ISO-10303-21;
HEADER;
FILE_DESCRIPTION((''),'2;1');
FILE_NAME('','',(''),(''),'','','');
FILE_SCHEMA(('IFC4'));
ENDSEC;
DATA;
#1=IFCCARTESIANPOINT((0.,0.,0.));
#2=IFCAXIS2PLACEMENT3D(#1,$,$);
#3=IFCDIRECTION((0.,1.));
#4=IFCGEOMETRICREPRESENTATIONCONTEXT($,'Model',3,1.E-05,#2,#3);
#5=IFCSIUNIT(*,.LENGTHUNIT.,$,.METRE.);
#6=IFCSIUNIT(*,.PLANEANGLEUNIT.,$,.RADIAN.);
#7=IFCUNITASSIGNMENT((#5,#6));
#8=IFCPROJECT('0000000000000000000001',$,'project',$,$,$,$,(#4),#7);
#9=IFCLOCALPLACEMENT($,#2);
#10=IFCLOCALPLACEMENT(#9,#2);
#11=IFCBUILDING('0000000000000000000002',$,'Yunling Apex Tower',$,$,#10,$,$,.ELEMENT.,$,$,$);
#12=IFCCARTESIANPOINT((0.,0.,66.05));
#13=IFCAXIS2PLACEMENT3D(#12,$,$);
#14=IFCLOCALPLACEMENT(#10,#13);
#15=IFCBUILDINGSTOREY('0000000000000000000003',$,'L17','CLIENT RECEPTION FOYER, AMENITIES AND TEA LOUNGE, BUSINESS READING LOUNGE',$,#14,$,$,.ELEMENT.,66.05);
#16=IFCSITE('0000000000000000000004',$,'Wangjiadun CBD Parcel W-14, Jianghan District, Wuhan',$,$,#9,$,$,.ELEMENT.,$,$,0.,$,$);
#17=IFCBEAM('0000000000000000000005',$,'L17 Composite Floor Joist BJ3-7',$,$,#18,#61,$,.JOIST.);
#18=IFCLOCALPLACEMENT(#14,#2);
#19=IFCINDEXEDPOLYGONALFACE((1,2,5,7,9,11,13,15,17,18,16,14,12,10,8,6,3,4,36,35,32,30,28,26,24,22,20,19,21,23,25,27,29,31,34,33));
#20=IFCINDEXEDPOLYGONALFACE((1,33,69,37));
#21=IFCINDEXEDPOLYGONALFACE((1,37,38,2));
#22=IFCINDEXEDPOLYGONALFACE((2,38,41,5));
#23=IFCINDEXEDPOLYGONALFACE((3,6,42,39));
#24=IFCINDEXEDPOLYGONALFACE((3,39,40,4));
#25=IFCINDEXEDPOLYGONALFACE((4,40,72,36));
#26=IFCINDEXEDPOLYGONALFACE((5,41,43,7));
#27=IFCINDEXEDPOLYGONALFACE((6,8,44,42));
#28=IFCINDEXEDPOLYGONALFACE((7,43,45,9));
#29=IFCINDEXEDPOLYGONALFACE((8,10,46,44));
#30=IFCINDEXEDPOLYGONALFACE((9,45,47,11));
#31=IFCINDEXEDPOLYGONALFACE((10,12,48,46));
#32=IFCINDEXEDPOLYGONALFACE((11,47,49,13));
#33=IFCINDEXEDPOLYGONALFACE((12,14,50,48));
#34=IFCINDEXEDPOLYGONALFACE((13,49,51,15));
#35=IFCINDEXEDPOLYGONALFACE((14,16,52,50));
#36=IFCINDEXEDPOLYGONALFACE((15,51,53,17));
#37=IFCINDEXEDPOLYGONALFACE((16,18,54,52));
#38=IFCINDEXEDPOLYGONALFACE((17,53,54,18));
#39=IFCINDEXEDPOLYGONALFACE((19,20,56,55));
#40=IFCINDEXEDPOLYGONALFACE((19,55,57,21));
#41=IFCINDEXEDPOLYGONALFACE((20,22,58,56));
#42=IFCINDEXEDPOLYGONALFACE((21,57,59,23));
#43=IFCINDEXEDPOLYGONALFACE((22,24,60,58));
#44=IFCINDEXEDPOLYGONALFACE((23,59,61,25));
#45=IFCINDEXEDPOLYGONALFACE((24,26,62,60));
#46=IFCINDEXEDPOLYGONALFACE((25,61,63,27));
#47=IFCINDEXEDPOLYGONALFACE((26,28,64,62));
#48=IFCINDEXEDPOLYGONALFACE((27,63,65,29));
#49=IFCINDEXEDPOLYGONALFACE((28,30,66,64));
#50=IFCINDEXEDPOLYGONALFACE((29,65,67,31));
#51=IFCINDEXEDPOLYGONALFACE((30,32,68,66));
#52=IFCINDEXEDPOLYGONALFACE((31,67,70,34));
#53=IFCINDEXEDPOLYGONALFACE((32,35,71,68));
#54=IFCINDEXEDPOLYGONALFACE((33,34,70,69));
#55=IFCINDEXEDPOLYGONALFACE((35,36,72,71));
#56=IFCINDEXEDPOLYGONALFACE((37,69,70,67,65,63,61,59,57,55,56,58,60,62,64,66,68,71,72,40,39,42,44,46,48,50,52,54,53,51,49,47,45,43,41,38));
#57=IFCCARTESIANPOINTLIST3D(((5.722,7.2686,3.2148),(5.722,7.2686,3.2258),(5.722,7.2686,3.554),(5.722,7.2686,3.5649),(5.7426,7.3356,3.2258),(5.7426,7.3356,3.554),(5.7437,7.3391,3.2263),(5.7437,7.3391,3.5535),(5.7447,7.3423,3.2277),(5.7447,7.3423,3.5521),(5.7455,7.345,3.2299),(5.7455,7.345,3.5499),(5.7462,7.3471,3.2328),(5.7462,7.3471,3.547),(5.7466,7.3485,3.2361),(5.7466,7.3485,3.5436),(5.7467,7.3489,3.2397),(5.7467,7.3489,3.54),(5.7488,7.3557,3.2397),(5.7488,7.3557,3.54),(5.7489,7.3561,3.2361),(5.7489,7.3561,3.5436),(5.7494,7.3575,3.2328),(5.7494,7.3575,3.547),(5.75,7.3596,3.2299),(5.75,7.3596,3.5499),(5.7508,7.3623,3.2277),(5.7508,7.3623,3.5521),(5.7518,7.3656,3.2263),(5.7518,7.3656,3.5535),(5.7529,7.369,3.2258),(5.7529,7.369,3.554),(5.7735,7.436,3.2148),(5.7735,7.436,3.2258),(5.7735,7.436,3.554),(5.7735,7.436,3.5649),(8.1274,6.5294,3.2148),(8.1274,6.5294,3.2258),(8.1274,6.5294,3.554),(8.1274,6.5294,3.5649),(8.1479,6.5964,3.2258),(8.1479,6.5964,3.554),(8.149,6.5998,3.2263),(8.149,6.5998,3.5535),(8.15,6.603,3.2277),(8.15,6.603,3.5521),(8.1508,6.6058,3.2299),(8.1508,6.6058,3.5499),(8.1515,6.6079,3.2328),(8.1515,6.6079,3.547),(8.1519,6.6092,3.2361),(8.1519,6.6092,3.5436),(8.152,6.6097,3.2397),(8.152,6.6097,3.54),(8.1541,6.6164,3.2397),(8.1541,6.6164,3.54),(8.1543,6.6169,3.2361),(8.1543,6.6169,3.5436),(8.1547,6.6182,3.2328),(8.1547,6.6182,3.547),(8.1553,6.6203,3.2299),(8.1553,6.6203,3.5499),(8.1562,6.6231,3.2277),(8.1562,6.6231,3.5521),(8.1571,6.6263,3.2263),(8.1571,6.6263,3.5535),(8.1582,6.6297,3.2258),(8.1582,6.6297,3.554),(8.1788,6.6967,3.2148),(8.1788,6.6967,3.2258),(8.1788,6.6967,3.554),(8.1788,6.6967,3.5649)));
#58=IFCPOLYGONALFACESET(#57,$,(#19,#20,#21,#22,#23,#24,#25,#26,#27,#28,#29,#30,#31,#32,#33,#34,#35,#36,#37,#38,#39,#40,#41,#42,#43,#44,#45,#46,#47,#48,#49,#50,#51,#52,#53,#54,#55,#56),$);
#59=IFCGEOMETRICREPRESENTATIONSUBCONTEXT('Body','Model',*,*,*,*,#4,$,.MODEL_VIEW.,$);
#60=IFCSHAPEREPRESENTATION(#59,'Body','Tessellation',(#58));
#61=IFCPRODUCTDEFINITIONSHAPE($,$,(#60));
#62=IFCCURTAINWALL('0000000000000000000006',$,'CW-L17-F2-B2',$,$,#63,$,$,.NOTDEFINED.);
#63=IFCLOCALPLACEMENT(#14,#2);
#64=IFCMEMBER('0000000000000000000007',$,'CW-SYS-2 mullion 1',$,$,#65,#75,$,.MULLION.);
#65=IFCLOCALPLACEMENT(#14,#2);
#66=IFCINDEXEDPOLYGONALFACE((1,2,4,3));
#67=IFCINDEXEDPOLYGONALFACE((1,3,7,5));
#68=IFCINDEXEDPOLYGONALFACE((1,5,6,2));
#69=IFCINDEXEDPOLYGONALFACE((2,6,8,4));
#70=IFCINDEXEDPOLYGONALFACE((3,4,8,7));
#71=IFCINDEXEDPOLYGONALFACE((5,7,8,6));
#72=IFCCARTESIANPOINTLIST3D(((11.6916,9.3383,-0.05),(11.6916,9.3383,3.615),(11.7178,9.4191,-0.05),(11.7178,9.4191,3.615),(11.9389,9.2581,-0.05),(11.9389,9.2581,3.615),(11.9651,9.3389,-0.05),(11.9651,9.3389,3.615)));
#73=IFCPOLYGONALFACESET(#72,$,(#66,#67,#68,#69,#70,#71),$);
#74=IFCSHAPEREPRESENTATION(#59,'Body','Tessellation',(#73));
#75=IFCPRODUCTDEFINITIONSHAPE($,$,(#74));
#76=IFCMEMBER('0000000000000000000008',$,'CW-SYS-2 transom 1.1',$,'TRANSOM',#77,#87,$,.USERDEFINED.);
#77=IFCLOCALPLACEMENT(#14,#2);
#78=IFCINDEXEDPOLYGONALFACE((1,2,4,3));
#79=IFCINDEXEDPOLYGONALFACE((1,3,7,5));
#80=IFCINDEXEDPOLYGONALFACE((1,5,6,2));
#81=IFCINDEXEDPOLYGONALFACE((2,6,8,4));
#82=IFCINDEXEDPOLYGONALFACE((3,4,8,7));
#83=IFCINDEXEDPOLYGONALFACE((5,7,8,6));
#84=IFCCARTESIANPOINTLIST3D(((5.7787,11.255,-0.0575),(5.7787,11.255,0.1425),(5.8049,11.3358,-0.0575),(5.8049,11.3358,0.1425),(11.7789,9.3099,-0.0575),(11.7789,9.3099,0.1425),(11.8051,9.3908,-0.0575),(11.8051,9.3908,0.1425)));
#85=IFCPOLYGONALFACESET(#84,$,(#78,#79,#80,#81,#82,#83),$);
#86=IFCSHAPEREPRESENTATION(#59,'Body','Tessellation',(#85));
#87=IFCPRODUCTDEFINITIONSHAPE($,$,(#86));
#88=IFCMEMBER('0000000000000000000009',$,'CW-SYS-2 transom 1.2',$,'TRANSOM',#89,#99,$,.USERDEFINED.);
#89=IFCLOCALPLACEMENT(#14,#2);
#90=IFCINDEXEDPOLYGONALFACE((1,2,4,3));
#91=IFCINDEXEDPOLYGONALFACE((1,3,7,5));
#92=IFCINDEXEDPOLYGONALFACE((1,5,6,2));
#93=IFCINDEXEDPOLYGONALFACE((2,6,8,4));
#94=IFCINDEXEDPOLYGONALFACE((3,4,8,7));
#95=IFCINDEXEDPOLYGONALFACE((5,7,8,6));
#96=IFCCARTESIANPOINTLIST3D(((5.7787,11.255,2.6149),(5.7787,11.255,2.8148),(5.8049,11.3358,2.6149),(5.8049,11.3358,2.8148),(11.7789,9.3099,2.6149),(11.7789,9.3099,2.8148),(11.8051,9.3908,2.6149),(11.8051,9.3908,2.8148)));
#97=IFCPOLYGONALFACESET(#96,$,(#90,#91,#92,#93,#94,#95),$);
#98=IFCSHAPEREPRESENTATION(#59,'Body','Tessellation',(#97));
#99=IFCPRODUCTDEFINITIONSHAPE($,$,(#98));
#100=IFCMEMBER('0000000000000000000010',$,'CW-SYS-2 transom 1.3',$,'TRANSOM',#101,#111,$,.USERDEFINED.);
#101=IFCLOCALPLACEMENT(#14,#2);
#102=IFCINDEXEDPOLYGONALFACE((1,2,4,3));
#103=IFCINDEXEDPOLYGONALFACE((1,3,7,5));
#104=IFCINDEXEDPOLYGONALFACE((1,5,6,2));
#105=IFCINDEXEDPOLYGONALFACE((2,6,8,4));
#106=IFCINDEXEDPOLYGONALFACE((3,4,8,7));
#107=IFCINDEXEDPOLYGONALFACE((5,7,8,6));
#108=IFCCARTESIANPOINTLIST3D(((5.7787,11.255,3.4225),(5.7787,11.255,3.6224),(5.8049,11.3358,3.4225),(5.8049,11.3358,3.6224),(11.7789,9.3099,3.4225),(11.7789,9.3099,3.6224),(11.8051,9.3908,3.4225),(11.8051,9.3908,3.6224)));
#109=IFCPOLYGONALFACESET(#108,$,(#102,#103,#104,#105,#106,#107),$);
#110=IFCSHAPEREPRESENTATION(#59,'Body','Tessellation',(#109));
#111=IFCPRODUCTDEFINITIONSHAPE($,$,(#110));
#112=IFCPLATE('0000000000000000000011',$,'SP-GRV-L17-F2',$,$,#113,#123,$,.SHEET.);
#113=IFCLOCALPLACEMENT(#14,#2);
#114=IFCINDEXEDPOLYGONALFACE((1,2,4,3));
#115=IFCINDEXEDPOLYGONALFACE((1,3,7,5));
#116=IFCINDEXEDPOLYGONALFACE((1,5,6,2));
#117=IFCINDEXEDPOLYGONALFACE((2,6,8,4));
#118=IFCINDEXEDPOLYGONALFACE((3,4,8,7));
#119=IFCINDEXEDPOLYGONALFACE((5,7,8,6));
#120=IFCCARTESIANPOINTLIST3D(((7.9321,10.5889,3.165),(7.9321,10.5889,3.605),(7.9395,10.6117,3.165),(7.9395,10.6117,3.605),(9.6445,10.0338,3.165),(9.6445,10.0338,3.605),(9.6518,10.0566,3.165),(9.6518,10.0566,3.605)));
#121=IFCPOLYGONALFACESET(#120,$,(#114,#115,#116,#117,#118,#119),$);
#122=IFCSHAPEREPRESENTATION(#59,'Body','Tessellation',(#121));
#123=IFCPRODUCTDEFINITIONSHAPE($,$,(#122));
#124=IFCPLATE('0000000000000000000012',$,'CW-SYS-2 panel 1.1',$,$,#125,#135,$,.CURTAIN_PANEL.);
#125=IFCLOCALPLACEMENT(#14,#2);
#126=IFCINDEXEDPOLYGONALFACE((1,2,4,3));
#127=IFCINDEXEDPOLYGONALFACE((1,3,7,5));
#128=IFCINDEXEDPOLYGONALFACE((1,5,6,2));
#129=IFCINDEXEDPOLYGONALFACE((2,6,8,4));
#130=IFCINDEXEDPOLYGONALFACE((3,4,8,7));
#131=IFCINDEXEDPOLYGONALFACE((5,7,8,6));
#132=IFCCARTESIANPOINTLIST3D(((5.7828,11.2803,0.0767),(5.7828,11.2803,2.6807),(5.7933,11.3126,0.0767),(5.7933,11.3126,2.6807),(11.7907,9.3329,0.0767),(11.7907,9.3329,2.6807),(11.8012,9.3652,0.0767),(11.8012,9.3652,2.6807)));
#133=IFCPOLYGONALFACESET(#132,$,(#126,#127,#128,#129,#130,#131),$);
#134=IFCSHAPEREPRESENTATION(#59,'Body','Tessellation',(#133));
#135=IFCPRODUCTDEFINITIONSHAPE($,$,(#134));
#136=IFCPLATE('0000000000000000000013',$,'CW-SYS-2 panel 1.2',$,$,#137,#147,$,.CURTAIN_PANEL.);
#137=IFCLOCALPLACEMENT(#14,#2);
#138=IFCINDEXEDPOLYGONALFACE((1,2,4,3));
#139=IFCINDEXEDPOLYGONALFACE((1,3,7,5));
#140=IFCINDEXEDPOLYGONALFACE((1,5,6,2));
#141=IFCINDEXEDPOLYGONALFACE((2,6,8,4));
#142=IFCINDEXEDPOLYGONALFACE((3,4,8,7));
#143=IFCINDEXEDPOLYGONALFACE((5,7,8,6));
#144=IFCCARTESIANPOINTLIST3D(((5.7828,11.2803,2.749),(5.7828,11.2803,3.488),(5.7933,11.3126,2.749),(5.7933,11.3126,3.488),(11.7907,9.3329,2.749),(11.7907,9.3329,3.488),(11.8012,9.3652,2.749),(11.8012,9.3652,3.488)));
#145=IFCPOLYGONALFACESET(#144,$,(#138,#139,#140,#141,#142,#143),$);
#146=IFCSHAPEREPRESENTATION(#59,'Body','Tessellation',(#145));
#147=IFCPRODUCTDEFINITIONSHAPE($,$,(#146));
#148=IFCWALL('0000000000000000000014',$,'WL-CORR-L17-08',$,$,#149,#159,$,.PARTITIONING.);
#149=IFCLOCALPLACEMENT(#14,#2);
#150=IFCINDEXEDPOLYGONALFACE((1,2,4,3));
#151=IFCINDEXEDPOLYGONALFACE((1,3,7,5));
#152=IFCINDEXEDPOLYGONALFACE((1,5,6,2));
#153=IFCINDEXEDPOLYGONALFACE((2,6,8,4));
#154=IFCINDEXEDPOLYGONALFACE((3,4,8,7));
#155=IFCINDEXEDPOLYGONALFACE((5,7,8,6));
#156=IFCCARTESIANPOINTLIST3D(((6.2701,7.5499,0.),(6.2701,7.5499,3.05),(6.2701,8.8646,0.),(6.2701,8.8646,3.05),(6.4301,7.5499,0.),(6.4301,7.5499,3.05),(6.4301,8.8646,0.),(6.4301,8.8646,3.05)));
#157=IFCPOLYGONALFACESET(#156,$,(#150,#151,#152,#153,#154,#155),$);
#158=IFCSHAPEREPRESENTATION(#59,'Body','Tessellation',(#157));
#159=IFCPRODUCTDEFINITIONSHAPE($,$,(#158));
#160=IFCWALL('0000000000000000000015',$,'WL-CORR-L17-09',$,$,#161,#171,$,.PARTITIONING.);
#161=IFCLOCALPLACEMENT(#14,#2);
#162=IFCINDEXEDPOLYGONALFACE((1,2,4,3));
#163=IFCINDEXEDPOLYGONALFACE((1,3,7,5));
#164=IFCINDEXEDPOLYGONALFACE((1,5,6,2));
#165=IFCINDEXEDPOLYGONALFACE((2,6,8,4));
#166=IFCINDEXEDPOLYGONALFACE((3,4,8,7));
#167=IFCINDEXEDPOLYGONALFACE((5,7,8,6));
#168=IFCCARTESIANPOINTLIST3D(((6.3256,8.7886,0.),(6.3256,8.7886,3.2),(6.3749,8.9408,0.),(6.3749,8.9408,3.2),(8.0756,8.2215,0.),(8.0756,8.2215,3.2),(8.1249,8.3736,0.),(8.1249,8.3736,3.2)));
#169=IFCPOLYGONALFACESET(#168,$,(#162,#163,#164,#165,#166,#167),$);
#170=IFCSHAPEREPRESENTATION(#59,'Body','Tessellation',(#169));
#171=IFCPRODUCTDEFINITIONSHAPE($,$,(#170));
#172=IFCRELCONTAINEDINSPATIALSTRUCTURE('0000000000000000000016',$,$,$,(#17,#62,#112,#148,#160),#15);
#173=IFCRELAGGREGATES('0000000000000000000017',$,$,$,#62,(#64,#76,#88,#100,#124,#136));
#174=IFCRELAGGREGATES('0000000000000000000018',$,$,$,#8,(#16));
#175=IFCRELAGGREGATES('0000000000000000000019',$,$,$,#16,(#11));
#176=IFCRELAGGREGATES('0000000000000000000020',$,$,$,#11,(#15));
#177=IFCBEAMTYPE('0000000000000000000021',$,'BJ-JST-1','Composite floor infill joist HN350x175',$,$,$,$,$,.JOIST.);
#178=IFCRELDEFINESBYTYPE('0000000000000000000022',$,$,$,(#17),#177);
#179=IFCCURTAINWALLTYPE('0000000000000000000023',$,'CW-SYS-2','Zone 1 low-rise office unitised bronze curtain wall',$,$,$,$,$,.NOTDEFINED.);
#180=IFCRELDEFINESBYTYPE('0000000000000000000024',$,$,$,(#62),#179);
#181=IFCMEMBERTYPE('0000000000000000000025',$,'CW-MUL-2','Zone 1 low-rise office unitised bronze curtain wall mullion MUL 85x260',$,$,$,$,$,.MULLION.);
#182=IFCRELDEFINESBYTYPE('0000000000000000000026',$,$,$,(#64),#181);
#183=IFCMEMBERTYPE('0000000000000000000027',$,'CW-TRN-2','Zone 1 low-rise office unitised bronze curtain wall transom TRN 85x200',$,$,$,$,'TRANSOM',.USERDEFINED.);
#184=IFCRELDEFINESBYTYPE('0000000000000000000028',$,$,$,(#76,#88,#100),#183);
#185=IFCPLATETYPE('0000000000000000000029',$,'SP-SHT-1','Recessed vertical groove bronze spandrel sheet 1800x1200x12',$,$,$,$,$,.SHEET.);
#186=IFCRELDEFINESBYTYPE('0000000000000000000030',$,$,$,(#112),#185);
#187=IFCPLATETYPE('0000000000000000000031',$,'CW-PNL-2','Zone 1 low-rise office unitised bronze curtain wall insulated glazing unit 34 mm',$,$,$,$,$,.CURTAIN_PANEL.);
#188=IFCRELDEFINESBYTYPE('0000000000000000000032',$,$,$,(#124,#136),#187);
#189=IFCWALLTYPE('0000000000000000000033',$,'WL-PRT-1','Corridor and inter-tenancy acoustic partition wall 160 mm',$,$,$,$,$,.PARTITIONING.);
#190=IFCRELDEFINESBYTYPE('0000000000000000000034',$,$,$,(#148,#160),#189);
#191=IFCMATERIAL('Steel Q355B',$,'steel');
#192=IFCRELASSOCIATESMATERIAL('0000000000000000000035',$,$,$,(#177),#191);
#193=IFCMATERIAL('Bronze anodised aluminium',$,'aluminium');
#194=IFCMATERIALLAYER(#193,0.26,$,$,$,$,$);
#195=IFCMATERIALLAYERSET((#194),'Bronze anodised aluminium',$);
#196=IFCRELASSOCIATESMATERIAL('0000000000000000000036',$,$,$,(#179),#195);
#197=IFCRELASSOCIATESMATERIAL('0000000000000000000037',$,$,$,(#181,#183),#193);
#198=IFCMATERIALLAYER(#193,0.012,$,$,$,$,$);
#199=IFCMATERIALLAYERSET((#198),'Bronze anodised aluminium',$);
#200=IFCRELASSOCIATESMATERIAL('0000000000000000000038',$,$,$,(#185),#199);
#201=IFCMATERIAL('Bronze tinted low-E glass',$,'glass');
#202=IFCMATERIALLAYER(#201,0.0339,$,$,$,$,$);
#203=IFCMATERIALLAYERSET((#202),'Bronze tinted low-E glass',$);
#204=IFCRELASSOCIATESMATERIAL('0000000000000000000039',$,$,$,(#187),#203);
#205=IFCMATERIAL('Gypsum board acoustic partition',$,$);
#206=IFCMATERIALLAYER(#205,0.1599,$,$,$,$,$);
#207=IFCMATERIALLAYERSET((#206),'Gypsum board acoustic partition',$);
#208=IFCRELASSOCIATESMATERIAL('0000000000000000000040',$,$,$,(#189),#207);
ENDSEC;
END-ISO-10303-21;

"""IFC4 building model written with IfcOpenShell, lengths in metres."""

from ifc_helpers import new_model, si_unit, direction, frame, frame_2d, origin, origin_2d, place, context, subcontext, project, spatial, rectangle, i_section, extrude, source, transform, mapped, material, layer, layer_set, material_profile, profile_set, type_object, element, aggregate, save


model = new_model("IFC4")

# Units and contexts
model_context = context("Model", 3, precision=1e-05, world=origin(), true_north=direction((0.0, 1.0)))
body_context = subcontext(model_context, "Body", "Model", "MODEL_VIEW")
ifc_project = project(units=[si_unit("LENGTHUNIT", "METRE"), si_unit("PLANEANGLEUNIT", "RADIAN")], contexts=[model_context])

# Site, building, storey
site_placement = place(None, origin())
site = spatial("IfcSite", under=ifc_project, at=site_placement, Name="Wangjiadun CBD Parcel W-14, Jianghan District, Wuhan", CompositionType="ELEMENT", RefElevation=0.0)
building_placement = place(site_placement, origin())
building = spatial("IfcBuilding", under=site, at=building_placement, Name="Yunling Apex Tower", CompositionType="ELEMENT")
storey_placement = place(building_placement, frame((0.0, 0.0, 66.05)))
storey = spatial("IfcBuildingStorey", under=building, at=storey_placement, Name="L17", Description="CLIENT RECEPTION FOYER, AMENITIES AND TEA LOUNGE, BUSINESS READING LOUNGE", CompositionType="ELEMENT", Elevation=66.05)

# Beam
ifc_material_1 = material(Name="Steel Q355B", Category="steel")
ifc_material_profile_1 = material_profile(ifc_material_1, i_section(OverallWidth=0.175, OverallDepth=0.3501, WebThickness=0.0071, FlangeThickness=0.011, FilletRadius=0.0139, at=origin_2d()))
ifc_profile_set_1 = profile_set([ifc_material_profile_1], Name="Steel Q355B")
beam_type_1 = type_object("IfcBeamType", Name="BJ-JST-1", Description="Composite floor infill joist HN350x175", PredefinedType="JOIST", material=ifc_profile_set_1)
shared_shape_1 = source(origin(), body_context, "Body", "SweptSolid", [
    extrude(i_section(OverallWidth=0.175, OverallDepth=0.3501, WebThickness=0.0071, FlangeThickness=0.011, FilletRadius=0.0139, at=origin_2d()), origin(), (0.0, 0.0, 1.0), 2.5164),
])
beam_1_placement = place(storey_placement, frame((8.1531, 6.613, 3.3899), z_axis=(-0.955871, 0.293786, 0.0), x_axis=(-0.293786, -0.955871, 0.0)))
element("IfcBeam", 1, at=beam_1_placement, inside=storey, type_object=beam_type_1, Name="L17 Composite Floor Joist BJ3-7", PredefinedType="JOIST", context=body_context, shape_type="MappedRepresentation", body=[
    mapped(shared_shape_1, transform((0.0, 0.0, 0.0), scale=1.0)),
])

# Curtain wall, members
ifc_material_2 = material(Name="Bronze anodised aluminium", Category="aluminium")
ifc_layer_1 = layer(ifc_material_2, 0.26)
ifc_layer_set_1 = layer_set([ifc_layer_1], Name="Bronze anodised aluminium")
curtain_wall_type = type_object("IfcCurtainWallType", Name="CW-SYS-2", Description="Zone 1 low-rise office unitised bronze curtain wall", PredefinedType="NOTDEFINED", material=ifc_layer_set_1)
curtain_wall_placement = place(storey_placement, origin())
curtain_wall = element("IfcCurtainWall", 2, at=curtain_wall_placement, inside=storey, type_object=curtain_wall_type, Name="CW-L17-F2-B2", PredefinedType="NOTDEFINED")
ifc_material_profile_2 = material_profile(ifc_material_2, rectangle(XDim=0.085, YDim=0.26, at=origin_2d()))
ifc_profile_set_2 = profile_set([ifc_material_profile_2], Name="Bronze anodised aluminium")
member_type_1 = type_object("IfcMemberType", Name="CW-MUL-2", Description="Zone 1 low-rise office unitised bronze curtain wall mullion MUL 85x260", PredefinedType="MULLION", material=ifc_profile_set_2)
shared_shape_2 = source(origin(), body_context, "Body", "SweptSolid", [
    extrude(rectangle(XDim=0.085, YDim=0.26, at=origin_2d()), origin(), (0.0, 0.0, 1.0), 3.665),
])
member_1_placement = place(storey_placement, frame((11.8284, 9.3386, -0.05), z_axis=(0.0, 0.0, 1.0), x_axis=(-0.308352, -0.951272, 0.0)))
member_1 = element("IfcMember", 3, at=member_1_placement, type_object=member_type_1, Name="CW-SYS-2 mullion 1", PredefinedType="MULLION", context=body_context, shape_type="MappedRepresentation", body=[
    mapped(shared_shape_2, transform((0.0, 0.0, 0.0), scale=1.0)),
])
ifc_material_profile_3 = material_profile(ifc_material_2, rectangle(XDim=0.085, YDim=0.2, at=origin_2d()))
ifc_profile_set_3 = profile_set([ifc_material_profile_3], Name="Bronze anodised aluminium")
member_type_2 = type_object("IfcMemberType", Name="CW-TRN-2", Description="Zone 1 low-rise office unitised bronze curtain wall transom TRN 85x200", ElementType="TRANSOM", PredefinedType="USERDEFINED", material=ifc_profile_set_3)
shared_shape_3 = source(origin(), body_context, "Body", "SweptSolid", [
    extrude(rectangle(XDim=0.085, YDim=0.2, at=origin_2d()), origin(), (0.0, 0.0, 1.0), 6.3076),
])
member_2_placement = place(storey_placement, frame((11.792, 9.3503, 0.0425), z_axis=(-0.951267, 0.308367, 0.0), x_axis=(-0.308367, -0.951267, 0.0)))
member_2 = element("IfcMember", 4, at=member_2_placement, type_object=member_type_2, Name="CW-SYS-2 transom 1.1", ObjectType="TRANSOM", PredefinedType="USERDEFINED", context=body_context, shape_type="MappedRepresentation", body=[
    mapped(shared_shape_3, transform((0.0, 0.0, 0.0), scale=1.0)),
])
member_3_placement = place(storey_placement, frame((11.792, 9.3503, 2.7148), z_axis=(-0.951267, 0.308367, 0.0), x_axis=(-0.308367, -0.951267, 0.0)))
member_3 = element("IfcMember", 5, at=member_3_placement, type_object=member_type_2, Name="CW-SYS-2 transom 1.2", ObjectType="TRANSOM", PredefinedType="USERDEFINED", context=body_context, shape_type="MappedRepresentation", body=[
    mapped(shared_shape_3, transform((0.0, 0.0, 0.0), scale=1.0)),
])
member_4_placement = place(storey_placement, frame((11.792, 9.3503, 3.5225), z_axis=(-0.951267, 0.308367, 0.0), x_axis=(-0.308367, -0.951267, 0.0)))
member_4 = element("IfcMember", 6, at=member_4_placement, type_object=member_type_2, Name="CW-SYS-2 transom 1.3", ObjectType="TRANSOM", PredefinedType="USERDEFINED", context=body_context, shape_type="MappedRepresentation", body=[
    mapped(shared_shape_3, transform((0.0, 0.0, 0.0), scale=1.0)),
])

# Plates
ifc_layer_2 = layer(ifc_material_2, 0.012)
ifc_layer_set_2 = layer_set([ifc_layer_2], Name="Bronze anodised aluminium")
plate_type_1 = type_object("IfcPlateType", Name="SP-SHT-1", Description="Recessed vertical groove bronze spandrel sheet 1800x1200x12", PredefinedType="SHEET", material=ifc_layer_set_2)
shared_shape_4 = source(origin(), body_context, "Body", "SweptSolid", [
    extrude(rectangle(XDim=1.8, YDim=0.0239, at=origin_2d()), origin(), (0.0, 0.0, 1.0), 0.4399),
])
plate_1_placement = place(storey_placement, frame((8.792, 10.3228, 3.165), z_axis=(0.0, 0.0, 1.0), x_axis=(-0.951272, 0.308353, 0.0)))
element("IfcPlate", 7, at=plate_1_placement, inside=storey, type_object=plate_type_1, Name="SP-GRV-L17-F2", PredefinedType="SHEET", context=body_context, shape_type="MappedRepresentation", body=[
    mapped(shared_shape_4, transform((0.0, 0.0, 0.0), scale=1.0)),
])
ifc_material_3 = material(Name="Bronze tinted low-E glass", Category="glass")
ifc_layer_3 = layer(ifc_material_3, 0.0339)
ifc_layer_set_3 = layer_set([ifc_layer_3], Name="Bronze tinted low-E glass")
plate_type_2 = type_object("IfcPlateType", Name="CW-PNL-2", Description="Zone 1 low-rise office unitised bronze curtain wall insulated glazing unit 34 mm", PredefinedType="CURTAIN_PANEL", material=ifc_layer_set_3)
shared_shape_5 = source(origin(), body_context, "Body", "SweptSolid", [
    extrude(rectangle(XDim=6.3157, YDim=0.0339, at=origin_2d()), origin(), (0.0, 0.0, 1.0), 2.604),
])
plate_2_placement = place(storey_placement, frame((8.792, 10.3228, 0.0767), z_axis=(0.0, 0.0, 1.0), x_axis=(-0.951272, 0.308352, 0.0)))
plate_2 = element("IfcPlate", 8, at=plate_2_placement, type_object=plate_type_2, Name="CW-SYS-2 panel 1.1", PredefinedType="CURTAIN_PANEL", context=body_context, shape_type="MappedRepresentation", body=[
    mapped(shared_shape_5, transform((0.0, 0.0, 0.0), scale=1.0)),
])
shared_shape_6 = source(origin(), body_context, "Body", "SweptSolid", [
    extrude(rectangle(XDim=6.3157, YDim=0.0339, at=origin_2d()), origin(), (0.0, 0.0, 1.0), 0.739),
])
plate_3_placement = place(storey_placement, frame((8.792, 10.3228, 2.749), z_axis=(0.0, 0.0, 1.0), x_axis=(-0.951272, 0.308352, 0.0)))
plate_3 = element("IfcPlate", 9, at=plate_3_placement, type_object=plate_type_2, Name="CW-SYS-2 panel 1.2", PredefinedType="CURTAIN_PANEL", context=body_context, shape_type="MappedRepresentation", body=[
    mapped(shared_shape_6, transform((0.0, 0.0, 0.0), scale=1.0)),
])
aggregate(curtain_wall, [member_1, member_2, member_3, member_4, plate_2, plate_3])

# Walls
ifc_material_4 = material(Name="Gypsum board acoustic partition")
ifc_layer_4 = layer(ifc_material_4, 0.1599)
ifc_layer_set_4 = layer_set([ifc_layer_4], Name="Gypsum board acoustic partition")
wall_type_1 = type_object("IfcWallType", Name="WL-PRT-1", Description="Corridor and inter-tenancy acoustic partition wall 160 mm", PredefinedType="PARTITIONING", material=ifc_layer_set_4)
wall_1_placement = place(storey_placement, frame((6.3501, 7.55, 0.0), z_axis=(0.0, 0.0, 1.0), x_axis=(0.0, 1.0, 0.0)))
element("IfcWall", 10, at=wall_1_placement, inside=storey, type_object=wall_type_1, Name="WL-CORR-L17-08", PredefinedType="PARTITIONING", context=body_context, shape_type="SweptSolid", body=[
    extrude(rectangle(XDim=1.3147, YDim=0.1599, at=frame_2d((0.6572, 0.0))), origin(), (0.0, 0.0, 1.0), 3.05),
])
wall_2_placement = place(storey_placement, frame((6.3501, 8.8647, 0.0), z_axis=(0.0, 0.0, 1.0), x_axis=(0.951291, -0.308294, 0.0)))
element("IfcWall", 11, at=wall_2_placement, inside=storey, type_object=wall_type_1, Name="WL-CORR-L17-09", PredefinedType="PARTITIONING", context=body_context, shape_type="SweptSolid", body=[
    extrude(rectangle(XDim=1.8396, YDim=0.1599, at=frame_2d((0.9199, 0.0))), origin(), (0.0, 0.0, 1.0), 3.2),
])

save(model, "model.ifc")
